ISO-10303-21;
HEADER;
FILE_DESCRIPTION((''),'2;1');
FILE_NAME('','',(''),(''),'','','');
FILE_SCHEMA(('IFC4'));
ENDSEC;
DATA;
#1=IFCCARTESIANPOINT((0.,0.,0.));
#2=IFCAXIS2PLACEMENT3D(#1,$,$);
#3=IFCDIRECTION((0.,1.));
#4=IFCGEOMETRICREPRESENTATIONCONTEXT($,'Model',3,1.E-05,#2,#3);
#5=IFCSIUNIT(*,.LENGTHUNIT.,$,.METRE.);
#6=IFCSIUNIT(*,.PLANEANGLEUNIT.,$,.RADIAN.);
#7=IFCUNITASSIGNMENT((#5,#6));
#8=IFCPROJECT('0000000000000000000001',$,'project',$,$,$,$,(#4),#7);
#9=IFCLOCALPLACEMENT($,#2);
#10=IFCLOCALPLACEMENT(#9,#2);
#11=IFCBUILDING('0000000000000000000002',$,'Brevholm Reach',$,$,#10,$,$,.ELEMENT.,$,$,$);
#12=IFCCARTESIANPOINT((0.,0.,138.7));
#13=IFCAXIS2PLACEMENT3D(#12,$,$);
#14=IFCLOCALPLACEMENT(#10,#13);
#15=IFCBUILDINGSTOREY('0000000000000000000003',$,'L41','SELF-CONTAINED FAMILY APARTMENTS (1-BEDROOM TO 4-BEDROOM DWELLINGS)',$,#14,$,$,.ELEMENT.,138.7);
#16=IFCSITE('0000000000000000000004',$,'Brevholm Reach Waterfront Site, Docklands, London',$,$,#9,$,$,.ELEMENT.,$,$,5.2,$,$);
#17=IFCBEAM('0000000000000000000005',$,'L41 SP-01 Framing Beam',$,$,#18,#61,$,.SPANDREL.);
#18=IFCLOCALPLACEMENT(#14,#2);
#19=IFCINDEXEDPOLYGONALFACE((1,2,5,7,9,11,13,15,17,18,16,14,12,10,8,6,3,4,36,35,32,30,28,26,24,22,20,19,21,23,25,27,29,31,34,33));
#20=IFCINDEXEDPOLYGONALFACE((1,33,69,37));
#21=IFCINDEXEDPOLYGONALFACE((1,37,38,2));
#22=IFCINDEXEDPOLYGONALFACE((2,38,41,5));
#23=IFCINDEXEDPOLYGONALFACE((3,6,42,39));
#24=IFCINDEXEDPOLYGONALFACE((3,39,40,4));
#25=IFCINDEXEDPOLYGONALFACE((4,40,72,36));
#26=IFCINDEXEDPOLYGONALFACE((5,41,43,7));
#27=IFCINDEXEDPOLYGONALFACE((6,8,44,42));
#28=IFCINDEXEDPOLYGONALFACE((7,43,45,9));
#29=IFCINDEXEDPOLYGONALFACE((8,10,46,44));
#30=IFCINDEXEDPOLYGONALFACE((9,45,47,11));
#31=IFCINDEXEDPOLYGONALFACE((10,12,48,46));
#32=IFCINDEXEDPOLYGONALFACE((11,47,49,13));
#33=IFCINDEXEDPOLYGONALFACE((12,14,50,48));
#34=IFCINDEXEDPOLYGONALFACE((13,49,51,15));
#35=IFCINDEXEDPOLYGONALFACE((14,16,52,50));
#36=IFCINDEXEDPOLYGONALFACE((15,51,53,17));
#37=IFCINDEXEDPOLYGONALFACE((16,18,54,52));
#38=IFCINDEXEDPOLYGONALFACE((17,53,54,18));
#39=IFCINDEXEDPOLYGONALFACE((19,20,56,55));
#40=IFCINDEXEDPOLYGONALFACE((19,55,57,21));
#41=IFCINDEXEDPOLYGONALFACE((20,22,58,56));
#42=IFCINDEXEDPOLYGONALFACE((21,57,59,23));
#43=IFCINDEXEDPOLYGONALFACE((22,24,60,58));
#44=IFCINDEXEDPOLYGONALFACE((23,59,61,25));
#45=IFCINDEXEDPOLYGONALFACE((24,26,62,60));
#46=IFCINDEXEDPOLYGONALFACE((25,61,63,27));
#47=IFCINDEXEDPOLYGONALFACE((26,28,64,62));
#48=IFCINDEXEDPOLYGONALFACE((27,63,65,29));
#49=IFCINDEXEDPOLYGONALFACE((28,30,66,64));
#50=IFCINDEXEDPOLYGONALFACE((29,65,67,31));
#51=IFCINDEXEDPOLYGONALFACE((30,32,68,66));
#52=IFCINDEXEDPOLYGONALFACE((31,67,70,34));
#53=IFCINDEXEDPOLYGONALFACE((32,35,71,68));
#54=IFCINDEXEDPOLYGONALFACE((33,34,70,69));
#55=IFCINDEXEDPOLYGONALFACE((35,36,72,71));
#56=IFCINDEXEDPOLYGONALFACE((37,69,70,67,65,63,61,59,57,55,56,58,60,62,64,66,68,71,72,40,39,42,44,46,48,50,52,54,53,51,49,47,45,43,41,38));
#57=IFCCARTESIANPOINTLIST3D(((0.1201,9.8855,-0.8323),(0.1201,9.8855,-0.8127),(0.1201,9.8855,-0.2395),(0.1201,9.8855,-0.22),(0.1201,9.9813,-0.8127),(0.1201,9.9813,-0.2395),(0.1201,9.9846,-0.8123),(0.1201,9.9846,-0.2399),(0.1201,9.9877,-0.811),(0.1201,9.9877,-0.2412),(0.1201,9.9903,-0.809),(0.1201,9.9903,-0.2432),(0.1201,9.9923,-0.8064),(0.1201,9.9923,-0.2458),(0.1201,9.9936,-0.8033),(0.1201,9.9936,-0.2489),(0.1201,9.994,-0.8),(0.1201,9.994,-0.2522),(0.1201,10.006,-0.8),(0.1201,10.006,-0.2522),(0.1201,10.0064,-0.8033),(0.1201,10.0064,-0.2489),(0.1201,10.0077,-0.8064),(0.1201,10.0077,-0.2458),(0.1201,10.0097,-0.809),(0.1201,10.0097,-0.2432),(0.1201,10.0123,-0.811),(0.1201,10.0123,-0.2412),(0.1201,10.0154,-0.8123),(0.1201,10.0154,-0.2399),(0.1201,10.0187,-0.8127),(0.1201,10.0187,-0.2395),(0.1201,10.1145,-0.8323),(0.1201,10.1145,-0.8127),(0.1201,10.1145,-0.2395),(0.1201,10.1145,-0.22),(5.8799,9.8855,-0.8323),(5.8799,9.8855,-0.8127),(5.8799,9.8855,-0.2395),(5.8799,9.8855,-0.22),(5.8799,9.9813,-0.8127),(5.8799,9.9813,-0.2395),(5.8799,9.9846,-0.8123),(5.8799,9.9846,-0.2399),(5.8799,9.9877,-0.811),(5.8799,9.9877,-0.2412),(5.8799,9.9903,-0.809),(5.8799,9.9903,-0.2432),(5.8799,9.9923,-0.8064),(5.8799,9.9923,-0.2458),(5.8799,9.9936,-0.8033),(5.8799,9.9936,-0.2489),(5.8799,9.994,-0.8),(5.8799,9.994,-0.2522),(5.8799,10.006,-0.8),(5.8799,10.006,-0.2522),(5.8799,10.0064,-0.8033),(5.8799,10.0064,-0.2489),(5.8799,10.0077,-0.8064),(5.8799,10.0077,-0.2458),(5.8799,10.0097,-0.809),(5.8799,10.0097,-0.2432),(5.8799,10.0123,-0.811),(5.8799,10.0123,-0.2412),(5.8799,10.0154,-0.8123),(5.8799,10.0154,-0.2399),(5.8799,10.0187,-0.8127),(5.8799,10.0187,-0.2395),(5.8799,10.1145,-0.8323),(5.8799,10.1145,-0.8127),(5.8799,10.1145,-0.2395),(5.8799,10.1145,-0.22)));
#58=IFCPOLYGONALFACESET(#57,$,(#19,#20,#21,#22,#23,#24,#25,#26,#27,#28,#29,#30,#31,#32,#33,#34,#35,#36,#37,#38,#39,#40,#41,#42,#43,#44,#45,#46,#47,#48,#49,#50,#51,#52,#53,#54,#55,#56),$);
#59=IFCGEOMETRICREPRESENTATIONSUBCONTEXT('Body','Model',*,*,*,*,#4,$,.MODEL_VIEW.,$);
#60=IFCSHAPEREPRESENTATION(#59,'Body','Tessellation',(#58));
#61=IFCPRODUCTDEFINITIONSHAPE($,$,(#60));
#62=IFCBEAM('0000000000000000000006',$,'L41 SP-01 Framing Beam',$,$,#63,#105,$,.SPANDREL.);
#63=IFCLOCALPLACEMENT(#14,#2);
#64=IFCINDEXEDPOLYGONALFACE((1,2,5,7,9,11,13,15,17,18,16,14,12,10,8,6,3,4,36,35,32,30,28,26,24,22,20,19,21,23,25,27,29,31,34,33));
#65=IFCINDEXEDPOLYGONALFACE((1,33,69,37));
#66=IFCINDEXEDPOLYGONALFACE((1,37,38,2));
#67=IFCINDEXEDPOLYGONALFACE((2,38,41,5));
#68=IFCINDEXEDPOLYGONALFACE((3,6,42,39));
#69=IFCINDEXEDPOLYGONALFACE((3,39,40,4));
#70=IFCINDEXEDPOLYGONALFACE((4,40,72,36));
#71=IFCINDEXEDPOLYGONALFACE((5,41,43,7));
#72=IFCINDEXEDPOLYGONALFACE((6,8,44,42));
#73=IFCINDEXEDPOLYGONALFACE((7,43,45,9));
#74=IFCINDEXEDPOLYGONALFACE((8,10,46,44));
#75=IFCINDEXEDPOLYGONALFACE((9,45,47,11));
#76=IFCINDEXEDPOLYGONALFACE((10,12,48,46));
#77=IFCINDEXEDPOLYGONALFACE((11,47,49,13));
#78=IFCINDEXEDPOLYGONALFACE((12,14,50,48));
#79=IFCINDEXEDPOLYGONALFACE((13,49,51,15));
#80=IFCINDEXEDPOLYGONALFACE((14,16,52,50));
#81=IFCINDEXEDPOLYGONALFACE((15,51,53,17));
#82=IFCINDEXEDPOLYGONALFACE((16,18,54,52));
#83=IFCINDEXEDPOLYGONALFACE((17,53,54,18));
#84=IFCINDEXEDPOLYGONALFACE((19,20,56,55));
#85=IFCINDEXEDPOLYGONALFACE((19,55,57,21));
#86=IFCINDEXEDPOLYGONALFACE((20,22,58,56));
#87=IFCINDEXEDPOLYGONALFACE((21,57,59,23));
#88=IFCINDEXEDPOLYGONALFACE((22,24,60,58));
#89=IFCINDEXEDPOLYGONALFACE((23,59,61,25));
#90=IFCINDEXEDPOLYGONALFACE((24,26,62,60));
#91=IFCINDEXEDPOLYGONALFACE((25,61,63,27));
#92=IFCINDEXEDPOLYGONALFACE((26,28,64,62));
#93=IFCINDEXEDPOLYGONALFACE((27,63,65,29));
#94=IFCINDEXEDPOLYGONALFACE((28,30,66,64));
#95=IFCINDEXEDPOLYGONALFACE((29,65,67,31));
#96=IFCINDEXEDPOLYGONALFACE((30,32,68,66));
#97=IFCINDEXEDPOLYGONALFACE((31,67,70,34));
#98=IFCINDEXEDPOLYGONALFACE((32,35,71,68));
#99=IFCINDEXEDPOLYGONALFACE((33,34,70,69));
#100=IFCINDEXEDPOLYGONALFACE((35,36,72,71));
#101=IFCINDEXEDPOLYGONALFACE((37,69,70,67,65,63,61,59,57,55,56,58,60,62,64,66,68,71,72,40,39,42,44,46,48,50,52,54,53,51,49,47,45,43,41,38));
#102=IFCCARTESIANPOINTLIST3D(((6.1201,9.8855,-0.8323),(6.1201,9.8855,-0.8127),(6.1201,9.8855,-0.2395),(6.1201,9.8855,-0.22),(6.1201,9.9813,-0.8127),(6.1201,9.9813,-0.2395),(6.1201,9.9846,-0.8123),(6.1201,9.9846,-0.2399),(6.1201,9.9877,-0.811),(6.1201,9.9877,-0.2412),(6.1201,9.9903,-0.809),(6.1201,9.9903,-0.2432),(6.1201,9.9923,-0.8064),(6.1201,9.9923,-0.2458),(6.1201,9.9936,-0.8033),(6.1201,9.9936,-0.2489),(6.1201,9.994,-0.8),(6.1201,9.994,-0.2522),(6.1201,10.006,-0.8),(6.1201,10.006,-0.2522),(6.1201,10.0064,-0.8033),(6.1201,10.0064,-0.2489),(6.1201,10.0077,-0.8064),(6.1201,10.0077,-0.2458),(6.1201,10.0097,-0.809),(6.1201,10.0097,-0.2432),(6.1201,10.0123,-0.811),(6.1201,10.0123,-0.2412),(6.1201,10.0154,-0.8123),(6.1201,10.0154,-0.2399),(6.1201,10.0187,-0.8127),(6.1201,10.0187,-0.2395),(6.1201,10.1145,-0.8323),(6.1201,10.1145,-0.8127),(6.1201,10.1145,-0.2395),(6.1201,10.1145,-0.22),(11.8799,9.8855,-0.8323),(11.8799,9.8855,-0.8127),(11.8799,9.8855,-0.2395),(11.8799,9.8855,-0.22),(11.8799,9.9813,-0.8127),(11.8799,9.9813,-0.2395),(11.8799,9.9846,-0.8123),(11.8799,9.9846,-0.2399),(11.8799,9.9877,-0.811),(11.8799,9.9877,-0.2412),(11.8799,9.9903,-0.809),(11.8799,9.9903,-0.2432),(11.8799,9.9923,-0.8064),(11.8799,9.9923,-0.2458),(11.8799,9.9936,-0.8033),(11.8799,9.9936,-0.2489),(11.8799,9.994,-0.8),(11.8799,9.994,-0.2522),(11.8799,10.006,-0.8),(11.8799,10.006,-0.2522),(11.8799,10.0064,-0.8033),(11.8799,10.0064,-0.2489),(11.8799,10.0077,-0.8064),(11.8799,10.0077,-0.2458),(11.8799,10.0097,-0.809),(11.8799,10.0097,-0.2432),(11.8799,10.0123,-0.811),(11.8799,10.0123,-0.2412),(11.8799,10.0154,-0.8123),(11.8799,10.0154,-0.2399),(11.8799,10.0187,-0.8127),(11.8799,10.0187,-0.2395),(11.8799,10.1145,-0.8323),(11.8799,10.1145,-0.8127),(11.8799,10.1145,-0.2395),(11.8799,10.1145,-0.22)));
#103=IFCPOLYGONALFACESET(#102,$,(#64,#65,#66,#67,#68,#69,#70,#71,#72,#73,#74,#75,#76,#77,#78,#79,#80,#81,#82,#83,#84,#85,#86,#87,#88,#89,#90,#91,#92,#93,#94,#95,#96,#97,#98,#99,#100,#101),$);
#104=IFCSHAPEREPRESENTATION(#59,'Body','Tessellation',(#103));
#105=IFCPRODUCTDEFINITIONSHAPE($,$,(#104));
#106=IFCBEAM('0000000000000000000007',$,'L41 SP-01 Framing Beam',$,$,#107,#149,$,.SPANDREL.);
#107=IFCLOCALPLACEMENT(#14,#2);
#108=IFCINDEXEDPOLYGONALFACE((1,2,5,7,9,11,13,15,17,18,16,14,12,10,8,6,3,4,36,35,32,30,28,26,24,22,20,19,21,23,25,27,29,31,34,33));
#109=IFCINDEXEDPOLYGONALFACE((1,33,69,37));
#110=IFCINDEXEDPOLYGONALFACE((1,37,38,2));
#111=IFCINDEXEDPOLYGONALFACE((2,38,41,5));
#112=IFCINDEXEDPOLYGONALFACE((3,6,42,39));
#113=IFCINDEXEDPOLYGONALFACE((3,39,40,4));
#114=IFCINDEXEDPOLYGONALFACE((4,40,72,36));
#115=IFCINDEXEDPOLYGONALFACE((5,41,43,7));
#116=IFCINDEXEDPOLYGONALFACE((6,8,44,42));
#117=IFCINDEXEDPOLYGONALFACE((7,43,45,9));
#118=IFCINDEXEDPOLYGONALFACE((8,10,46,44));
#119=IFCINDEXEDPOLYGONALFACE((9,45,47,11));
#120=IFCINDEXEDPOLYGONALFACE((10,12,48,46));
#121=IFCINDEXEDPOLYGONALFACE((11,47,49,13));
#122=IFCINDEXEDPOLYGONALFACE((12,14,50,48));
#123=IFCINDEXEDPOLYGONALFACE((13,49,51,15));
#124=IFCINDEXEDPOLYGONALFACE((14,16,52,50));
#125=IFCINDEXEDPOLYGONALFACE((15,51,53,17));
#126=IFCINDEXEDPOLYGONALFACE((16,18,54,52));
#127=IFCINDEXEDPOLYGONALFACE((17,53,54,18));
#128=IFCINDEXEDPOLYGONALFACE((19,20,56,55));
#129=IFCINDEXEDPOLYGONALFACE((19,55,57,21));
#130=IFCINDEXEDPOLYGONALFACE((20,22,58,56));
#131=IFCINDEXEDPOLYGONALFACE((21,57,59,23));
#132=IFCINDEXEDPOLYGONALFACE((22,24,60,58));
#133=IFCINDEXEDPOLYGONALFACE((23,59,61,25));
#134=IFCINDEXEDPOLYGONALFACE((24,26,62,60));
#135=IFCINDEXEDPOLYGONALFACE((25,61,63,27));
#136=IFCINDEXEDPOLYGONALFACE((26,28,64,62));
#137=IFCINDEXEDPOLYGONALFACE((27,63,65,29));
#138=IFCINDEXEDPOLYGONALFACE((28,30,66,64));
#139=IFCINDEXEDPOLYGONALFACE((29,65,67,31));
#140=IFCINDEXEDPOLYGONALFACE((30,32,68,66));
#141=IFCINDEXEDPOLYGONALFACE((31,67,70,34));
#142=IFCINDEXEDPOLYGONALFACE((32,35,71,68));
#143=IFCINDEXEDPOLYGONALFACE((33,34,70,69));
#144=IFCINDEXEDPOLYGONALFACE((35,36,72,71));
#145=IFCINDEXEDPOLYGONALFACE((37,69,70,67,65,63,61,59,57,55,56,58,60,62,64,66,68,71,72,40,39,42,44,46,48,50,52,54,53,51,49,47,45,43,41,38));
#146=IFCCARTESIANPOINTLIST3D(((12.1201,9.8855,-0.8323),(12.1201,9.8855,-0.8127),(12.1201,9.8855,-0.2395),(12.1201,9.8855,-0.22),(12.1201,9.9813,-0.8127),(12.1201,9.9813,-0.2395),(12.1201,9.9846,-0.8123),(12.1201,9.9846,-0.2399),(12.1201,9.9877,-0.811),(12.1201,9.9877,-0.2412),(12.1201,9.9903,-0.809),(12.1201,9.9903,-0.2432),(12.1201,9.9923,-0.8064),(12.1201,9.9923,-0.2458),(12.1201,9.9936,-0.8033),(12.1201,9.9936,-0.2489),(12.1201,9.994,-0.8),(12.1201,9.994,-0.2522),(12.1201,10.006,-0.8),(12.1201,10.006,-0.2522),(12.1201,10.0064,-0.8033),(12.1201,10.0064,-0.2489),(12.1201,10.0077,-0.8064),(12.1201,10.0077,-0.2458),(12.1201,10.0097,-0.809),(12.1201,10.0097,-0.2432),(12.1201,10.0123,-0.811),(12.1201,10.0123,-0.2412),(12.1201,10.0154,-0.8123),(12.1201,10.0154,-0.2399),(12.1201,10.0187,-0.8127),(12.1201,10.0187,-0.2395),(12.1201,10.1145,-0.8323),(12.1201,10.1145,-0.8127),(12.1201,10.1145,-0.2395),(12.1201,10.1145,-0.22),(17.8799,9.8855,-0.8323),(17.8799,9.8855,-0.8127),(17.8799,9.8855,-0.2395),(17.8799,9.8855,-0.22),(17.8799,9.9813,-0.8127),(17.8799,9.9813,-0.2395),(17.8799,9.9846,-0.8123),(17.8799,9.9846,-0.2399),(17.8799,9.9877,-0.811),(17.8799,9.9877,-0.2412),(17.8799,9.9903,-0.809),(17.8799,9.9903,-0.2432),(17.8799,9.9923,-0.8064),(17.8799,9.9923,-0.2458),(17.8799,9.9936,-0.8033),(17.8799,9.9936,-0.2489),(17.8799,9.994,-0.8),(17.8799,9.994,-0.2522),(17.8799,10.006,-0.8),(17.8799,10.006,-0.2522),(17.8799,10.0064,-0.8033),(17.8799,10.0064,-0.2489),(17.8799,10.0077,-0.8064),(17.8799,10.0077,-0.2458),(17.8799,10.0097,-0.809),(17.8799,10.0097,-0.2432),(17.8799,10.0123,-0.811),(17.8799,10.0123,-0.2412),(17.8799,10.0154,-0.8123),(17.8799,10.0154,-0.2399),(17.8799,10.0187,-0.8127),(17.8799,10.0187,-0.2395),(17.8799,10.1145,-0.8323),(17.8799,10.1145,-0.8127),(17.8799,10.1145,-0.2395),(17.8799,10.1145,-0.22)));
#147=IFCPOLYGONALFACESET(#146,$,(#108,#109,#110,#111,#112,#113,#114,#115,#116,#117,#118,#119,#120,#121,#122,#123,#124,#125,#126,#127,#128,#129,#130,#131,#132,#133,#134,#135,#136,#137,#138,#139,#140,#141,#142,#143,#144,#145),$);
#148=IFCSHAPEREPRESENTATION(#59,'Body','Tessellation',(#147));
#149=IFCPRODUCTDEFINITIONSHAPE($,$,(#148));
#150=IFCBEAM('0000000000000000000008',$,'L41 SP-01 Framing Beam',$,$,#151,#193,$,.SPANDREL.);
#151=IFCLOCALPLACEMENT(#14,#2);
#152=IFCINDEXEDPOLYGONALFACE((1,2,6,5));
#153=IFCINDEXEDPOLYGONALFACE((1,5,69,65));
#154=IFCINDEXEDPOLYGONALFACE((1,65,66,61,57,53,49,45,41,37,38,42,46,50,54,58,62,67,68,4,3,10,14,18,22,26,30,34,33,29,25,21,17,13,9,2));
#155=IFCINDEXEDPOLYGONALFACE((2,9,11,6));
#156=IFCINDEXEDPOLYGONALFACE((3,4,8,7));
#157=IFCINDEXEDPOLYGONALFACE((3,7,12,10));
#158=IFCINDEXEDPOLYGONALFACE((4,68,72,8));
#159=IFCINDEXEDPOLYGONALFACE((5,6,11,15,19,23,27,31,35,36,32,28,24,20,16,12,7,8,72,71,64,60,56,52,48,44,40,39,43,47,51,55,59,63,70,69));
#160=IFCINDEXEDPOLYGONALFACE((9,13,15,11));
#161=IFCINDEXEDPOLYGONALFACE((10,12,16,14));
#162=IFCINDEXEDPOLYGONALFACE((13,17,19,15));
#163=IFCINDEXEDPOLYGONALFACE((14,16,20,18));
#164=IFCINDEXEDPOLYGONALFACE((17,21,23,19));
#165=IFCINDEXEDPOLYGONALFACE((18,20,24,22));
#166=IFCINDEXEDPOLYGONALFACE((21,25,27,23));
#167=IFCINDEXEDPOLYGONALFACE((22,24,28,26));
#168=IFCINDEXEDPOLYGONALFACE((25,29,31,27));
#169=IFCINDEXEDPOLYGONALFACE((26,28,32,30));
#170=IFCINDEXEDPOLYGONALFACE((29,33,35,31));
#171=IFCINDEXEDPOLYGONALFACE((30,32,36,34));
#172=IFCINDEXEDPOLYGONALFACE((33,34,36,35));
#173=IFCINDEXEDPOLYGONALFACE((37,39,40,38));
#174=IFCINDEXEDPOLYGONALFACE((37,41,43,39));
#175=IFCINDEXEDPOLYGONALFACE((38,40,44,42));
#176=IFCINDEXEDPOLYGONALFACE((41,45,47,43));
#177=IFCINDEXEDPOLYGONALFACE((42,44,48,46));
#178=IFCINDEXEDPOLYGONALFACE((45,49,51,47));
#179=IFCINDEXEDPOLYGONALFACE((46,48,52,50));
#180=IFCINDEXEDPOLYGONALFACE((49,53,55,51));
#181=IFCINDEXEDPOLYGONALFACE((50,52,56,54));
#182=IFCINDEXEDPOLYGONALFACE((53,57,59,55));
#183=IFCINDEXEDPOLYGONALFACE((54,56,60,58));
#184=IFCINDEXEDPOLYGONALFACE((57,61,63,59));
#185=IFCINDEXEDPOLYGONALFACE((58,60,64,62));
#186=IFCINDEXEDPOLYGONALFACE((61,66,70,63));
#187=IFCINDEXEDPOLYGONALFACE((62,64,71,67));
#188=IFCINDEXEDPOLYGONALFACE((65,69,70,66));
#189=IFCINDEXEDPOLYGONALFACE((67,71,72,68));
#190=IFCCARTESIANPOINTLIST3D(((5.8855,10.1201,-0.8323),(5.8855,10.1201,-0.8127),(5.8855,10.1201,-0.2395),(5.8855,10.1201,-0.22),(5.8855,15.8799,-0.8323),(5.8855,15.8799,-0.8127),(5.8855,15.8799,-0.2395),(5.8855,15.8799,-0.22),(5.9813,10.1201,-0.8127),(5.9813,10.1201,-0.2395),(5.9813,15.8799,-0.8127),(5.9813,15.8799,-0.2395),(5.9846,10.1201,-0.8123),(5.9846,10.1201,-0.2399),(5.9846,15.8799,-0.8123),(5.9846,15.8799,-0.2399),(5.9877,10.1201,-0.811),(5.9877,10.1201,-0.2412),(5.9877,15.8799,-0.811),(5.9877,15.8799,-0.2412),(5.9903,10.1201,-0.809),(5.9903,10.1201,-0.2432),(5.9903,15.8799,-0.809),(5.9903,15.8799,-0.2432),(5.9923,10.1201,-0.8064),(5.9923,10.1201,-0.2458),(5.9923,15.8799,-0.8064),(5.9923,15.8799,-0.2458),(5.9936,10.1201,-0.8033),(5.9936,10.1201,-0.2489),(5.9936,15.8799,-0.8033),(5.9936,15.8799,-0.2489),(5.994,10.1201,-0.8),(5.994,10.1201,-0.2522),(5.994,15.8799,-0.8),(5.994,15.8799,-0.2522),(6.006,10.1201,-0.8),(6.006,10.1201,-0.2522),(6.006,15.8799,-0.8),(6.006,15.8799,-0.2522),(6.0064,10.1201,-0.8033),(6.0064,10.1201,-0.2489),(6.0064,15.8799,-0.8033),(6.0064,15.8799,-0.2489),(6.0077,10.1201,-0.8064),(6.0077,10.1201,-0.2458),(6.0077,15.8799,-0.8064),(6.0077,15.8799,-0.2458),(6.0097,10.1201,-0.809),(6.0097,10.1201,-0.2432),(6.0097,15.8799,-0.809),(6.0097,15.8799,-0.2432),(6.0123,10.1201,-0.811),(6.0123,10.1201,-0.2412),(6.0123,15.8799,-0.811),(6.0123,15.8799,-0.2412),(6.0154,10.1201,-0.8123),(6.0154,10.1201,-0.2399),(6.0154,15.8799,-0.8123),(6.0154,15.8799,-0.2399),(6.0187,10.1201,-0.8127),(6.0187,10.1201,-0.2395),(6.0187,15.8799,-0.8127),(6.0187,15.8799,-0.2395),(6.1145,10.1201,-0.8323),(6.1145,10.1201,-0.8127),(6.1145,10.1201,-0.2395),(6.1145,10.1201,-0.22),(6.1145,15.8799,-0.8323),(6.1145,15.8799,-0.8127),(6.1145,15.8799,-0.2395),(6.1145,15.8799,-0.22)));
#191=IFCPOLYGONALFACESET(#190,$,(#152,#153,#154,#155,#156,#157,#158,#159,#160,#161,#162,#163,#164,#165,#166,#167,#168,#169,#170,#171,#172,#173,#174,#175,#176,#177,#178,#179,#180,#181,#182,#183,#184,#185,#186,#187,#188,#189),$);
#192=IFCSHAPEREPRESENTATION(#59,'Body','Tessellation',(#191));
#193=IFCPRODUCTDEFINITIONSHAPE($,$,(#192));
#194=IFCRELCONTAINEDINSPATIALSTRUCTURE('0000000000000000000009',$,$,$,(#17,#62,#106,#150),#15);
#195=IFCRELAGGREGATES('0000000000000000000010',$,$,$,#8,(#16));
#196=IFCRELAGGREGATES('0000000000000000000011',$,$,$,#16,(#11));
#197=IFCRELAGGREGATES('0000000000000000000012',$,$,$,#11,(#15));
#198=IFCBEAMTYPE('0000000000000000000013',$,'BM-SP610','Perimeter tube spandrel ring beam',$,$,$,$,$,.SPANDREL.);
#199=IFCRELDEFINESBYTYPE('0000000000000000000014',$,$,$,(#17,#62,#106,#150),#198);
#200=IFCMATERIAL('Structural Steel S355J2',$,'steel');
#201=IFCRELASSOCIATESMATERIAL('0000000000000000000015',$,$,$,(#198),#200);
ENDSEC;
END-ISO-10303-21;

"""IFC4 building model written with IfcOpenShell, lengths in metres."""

from ifc_helpers import new_model, si_unit, direction, frame, origin, origin_2d, place, context, subcontext, project, spatial, i_section, extrude, material, material_profile, profile_set, type_object, element, save


model = new_model("IFC4")

# Units and contexts
model_context = context("Model", 3, precision=1e-05, world=origin(), true_north=direction((0.0, 1.0)))
body_context = subcontext(model_context, "Body", "Model", "MODEL_VIEW")
ifc_project = project(units=[si_unit("LENGTHUNIT", "METRE"), si_unit("PLANEANGLEUNIT", "RADIAN")], contexts=[model_context])

# Site, building, storey
site_placement = place(None, origin())
site = spatial("IfcSite", under=ifc_project, at=site_placement, Name="Brevholm Reach Waterfront Site, Docklands, London", CompositionType="ELEMENT", RefElevation=5.2)
building_placement = place(site_placement, origin())
building = spatial("IfcBuilding", under=site, at=building_placement, Name="Brevholm Reach", CompositionType="ELEMENT")
storey_placement = place(building_placement, frame((0.0, 0.0, 138.7)))
storey = spatial("IfcBuildingStorey", under=building, at=storey_placement, Name="L41", Description="SELF-CONTAINED FAMILY APARTMENTS (1-BEDROOM TO 4-BEDROOM DWELLINGS)", CompositionType="ELEMENT", Elevation=138.7)

# Beams
ifc_material_1 = material(Name="Structural Steel S355J2", Category="steel")
ifc_material_profile_1 = material_profile(ifc_material_1, i_section(OverallWidth=0.229, OverallDepth=0.6123, WebThickness=0.012, FlangeThickness=0.0195, FilletRadius=0.0127, at=origin_2d()), Name="UKB 610x229x125")
ifc_profile_set_1 = profile_set([ifc_material_profile_1], Name="Structural Steel S355J2")
beam_type_1 = type_object("IfcBeamType", Name="BM-SP610", Description="Perimeter tube spandrel ring beam", PredefinedType="SPANDREL", material=ifc_profile_set_1)
for number, where, z_axis, x_axis, name in (
    (1, (0.1201, 10.0, -0.5261), (1.0, 0.0, 0.0), (0.0, 1.0, 0.0), "L41 SP-01 Framing Beam"),
    (2, (6.1201, 10.0, -0.5261), (1.0, 0.0, 0.0), (0.0, 1.0, 0.0), "L41 SP-01 Framing Beam"),
    (3, (12.1201, 10.0, -0.5261), (1.0, 0.0, 0.0), (0.0, 1.0, 0.0), "L41 SP-01 Framing Beam"),
    (4, (6.0, 10.1201, -0.5261), (0.0, 1.0, 0.0), (-1.0, 0.0, 0.0), "L41 SP-01 Framing Beam"),
):
    element("IfcBeam", number, at=place(storey_placement, frame(where, z_axis=z_axis, x_axis=x_axis)), inside=storey, type_object=beam_type_1, Name=name, PredefinedType="SPANDREL", context=body_context, shape_type="SweptSolid", body=[
        extrude(i_section(OverallWidth=0.229, OverallDepth=0.6123, WebThickness=0.012, FlangeThickness=0.0195, FilletRadius=0.0127, at=origin_2d()), origin(), (0.0, 0.0, 1.0), 5.7598),
    ])

save(model, "model.ifc")
